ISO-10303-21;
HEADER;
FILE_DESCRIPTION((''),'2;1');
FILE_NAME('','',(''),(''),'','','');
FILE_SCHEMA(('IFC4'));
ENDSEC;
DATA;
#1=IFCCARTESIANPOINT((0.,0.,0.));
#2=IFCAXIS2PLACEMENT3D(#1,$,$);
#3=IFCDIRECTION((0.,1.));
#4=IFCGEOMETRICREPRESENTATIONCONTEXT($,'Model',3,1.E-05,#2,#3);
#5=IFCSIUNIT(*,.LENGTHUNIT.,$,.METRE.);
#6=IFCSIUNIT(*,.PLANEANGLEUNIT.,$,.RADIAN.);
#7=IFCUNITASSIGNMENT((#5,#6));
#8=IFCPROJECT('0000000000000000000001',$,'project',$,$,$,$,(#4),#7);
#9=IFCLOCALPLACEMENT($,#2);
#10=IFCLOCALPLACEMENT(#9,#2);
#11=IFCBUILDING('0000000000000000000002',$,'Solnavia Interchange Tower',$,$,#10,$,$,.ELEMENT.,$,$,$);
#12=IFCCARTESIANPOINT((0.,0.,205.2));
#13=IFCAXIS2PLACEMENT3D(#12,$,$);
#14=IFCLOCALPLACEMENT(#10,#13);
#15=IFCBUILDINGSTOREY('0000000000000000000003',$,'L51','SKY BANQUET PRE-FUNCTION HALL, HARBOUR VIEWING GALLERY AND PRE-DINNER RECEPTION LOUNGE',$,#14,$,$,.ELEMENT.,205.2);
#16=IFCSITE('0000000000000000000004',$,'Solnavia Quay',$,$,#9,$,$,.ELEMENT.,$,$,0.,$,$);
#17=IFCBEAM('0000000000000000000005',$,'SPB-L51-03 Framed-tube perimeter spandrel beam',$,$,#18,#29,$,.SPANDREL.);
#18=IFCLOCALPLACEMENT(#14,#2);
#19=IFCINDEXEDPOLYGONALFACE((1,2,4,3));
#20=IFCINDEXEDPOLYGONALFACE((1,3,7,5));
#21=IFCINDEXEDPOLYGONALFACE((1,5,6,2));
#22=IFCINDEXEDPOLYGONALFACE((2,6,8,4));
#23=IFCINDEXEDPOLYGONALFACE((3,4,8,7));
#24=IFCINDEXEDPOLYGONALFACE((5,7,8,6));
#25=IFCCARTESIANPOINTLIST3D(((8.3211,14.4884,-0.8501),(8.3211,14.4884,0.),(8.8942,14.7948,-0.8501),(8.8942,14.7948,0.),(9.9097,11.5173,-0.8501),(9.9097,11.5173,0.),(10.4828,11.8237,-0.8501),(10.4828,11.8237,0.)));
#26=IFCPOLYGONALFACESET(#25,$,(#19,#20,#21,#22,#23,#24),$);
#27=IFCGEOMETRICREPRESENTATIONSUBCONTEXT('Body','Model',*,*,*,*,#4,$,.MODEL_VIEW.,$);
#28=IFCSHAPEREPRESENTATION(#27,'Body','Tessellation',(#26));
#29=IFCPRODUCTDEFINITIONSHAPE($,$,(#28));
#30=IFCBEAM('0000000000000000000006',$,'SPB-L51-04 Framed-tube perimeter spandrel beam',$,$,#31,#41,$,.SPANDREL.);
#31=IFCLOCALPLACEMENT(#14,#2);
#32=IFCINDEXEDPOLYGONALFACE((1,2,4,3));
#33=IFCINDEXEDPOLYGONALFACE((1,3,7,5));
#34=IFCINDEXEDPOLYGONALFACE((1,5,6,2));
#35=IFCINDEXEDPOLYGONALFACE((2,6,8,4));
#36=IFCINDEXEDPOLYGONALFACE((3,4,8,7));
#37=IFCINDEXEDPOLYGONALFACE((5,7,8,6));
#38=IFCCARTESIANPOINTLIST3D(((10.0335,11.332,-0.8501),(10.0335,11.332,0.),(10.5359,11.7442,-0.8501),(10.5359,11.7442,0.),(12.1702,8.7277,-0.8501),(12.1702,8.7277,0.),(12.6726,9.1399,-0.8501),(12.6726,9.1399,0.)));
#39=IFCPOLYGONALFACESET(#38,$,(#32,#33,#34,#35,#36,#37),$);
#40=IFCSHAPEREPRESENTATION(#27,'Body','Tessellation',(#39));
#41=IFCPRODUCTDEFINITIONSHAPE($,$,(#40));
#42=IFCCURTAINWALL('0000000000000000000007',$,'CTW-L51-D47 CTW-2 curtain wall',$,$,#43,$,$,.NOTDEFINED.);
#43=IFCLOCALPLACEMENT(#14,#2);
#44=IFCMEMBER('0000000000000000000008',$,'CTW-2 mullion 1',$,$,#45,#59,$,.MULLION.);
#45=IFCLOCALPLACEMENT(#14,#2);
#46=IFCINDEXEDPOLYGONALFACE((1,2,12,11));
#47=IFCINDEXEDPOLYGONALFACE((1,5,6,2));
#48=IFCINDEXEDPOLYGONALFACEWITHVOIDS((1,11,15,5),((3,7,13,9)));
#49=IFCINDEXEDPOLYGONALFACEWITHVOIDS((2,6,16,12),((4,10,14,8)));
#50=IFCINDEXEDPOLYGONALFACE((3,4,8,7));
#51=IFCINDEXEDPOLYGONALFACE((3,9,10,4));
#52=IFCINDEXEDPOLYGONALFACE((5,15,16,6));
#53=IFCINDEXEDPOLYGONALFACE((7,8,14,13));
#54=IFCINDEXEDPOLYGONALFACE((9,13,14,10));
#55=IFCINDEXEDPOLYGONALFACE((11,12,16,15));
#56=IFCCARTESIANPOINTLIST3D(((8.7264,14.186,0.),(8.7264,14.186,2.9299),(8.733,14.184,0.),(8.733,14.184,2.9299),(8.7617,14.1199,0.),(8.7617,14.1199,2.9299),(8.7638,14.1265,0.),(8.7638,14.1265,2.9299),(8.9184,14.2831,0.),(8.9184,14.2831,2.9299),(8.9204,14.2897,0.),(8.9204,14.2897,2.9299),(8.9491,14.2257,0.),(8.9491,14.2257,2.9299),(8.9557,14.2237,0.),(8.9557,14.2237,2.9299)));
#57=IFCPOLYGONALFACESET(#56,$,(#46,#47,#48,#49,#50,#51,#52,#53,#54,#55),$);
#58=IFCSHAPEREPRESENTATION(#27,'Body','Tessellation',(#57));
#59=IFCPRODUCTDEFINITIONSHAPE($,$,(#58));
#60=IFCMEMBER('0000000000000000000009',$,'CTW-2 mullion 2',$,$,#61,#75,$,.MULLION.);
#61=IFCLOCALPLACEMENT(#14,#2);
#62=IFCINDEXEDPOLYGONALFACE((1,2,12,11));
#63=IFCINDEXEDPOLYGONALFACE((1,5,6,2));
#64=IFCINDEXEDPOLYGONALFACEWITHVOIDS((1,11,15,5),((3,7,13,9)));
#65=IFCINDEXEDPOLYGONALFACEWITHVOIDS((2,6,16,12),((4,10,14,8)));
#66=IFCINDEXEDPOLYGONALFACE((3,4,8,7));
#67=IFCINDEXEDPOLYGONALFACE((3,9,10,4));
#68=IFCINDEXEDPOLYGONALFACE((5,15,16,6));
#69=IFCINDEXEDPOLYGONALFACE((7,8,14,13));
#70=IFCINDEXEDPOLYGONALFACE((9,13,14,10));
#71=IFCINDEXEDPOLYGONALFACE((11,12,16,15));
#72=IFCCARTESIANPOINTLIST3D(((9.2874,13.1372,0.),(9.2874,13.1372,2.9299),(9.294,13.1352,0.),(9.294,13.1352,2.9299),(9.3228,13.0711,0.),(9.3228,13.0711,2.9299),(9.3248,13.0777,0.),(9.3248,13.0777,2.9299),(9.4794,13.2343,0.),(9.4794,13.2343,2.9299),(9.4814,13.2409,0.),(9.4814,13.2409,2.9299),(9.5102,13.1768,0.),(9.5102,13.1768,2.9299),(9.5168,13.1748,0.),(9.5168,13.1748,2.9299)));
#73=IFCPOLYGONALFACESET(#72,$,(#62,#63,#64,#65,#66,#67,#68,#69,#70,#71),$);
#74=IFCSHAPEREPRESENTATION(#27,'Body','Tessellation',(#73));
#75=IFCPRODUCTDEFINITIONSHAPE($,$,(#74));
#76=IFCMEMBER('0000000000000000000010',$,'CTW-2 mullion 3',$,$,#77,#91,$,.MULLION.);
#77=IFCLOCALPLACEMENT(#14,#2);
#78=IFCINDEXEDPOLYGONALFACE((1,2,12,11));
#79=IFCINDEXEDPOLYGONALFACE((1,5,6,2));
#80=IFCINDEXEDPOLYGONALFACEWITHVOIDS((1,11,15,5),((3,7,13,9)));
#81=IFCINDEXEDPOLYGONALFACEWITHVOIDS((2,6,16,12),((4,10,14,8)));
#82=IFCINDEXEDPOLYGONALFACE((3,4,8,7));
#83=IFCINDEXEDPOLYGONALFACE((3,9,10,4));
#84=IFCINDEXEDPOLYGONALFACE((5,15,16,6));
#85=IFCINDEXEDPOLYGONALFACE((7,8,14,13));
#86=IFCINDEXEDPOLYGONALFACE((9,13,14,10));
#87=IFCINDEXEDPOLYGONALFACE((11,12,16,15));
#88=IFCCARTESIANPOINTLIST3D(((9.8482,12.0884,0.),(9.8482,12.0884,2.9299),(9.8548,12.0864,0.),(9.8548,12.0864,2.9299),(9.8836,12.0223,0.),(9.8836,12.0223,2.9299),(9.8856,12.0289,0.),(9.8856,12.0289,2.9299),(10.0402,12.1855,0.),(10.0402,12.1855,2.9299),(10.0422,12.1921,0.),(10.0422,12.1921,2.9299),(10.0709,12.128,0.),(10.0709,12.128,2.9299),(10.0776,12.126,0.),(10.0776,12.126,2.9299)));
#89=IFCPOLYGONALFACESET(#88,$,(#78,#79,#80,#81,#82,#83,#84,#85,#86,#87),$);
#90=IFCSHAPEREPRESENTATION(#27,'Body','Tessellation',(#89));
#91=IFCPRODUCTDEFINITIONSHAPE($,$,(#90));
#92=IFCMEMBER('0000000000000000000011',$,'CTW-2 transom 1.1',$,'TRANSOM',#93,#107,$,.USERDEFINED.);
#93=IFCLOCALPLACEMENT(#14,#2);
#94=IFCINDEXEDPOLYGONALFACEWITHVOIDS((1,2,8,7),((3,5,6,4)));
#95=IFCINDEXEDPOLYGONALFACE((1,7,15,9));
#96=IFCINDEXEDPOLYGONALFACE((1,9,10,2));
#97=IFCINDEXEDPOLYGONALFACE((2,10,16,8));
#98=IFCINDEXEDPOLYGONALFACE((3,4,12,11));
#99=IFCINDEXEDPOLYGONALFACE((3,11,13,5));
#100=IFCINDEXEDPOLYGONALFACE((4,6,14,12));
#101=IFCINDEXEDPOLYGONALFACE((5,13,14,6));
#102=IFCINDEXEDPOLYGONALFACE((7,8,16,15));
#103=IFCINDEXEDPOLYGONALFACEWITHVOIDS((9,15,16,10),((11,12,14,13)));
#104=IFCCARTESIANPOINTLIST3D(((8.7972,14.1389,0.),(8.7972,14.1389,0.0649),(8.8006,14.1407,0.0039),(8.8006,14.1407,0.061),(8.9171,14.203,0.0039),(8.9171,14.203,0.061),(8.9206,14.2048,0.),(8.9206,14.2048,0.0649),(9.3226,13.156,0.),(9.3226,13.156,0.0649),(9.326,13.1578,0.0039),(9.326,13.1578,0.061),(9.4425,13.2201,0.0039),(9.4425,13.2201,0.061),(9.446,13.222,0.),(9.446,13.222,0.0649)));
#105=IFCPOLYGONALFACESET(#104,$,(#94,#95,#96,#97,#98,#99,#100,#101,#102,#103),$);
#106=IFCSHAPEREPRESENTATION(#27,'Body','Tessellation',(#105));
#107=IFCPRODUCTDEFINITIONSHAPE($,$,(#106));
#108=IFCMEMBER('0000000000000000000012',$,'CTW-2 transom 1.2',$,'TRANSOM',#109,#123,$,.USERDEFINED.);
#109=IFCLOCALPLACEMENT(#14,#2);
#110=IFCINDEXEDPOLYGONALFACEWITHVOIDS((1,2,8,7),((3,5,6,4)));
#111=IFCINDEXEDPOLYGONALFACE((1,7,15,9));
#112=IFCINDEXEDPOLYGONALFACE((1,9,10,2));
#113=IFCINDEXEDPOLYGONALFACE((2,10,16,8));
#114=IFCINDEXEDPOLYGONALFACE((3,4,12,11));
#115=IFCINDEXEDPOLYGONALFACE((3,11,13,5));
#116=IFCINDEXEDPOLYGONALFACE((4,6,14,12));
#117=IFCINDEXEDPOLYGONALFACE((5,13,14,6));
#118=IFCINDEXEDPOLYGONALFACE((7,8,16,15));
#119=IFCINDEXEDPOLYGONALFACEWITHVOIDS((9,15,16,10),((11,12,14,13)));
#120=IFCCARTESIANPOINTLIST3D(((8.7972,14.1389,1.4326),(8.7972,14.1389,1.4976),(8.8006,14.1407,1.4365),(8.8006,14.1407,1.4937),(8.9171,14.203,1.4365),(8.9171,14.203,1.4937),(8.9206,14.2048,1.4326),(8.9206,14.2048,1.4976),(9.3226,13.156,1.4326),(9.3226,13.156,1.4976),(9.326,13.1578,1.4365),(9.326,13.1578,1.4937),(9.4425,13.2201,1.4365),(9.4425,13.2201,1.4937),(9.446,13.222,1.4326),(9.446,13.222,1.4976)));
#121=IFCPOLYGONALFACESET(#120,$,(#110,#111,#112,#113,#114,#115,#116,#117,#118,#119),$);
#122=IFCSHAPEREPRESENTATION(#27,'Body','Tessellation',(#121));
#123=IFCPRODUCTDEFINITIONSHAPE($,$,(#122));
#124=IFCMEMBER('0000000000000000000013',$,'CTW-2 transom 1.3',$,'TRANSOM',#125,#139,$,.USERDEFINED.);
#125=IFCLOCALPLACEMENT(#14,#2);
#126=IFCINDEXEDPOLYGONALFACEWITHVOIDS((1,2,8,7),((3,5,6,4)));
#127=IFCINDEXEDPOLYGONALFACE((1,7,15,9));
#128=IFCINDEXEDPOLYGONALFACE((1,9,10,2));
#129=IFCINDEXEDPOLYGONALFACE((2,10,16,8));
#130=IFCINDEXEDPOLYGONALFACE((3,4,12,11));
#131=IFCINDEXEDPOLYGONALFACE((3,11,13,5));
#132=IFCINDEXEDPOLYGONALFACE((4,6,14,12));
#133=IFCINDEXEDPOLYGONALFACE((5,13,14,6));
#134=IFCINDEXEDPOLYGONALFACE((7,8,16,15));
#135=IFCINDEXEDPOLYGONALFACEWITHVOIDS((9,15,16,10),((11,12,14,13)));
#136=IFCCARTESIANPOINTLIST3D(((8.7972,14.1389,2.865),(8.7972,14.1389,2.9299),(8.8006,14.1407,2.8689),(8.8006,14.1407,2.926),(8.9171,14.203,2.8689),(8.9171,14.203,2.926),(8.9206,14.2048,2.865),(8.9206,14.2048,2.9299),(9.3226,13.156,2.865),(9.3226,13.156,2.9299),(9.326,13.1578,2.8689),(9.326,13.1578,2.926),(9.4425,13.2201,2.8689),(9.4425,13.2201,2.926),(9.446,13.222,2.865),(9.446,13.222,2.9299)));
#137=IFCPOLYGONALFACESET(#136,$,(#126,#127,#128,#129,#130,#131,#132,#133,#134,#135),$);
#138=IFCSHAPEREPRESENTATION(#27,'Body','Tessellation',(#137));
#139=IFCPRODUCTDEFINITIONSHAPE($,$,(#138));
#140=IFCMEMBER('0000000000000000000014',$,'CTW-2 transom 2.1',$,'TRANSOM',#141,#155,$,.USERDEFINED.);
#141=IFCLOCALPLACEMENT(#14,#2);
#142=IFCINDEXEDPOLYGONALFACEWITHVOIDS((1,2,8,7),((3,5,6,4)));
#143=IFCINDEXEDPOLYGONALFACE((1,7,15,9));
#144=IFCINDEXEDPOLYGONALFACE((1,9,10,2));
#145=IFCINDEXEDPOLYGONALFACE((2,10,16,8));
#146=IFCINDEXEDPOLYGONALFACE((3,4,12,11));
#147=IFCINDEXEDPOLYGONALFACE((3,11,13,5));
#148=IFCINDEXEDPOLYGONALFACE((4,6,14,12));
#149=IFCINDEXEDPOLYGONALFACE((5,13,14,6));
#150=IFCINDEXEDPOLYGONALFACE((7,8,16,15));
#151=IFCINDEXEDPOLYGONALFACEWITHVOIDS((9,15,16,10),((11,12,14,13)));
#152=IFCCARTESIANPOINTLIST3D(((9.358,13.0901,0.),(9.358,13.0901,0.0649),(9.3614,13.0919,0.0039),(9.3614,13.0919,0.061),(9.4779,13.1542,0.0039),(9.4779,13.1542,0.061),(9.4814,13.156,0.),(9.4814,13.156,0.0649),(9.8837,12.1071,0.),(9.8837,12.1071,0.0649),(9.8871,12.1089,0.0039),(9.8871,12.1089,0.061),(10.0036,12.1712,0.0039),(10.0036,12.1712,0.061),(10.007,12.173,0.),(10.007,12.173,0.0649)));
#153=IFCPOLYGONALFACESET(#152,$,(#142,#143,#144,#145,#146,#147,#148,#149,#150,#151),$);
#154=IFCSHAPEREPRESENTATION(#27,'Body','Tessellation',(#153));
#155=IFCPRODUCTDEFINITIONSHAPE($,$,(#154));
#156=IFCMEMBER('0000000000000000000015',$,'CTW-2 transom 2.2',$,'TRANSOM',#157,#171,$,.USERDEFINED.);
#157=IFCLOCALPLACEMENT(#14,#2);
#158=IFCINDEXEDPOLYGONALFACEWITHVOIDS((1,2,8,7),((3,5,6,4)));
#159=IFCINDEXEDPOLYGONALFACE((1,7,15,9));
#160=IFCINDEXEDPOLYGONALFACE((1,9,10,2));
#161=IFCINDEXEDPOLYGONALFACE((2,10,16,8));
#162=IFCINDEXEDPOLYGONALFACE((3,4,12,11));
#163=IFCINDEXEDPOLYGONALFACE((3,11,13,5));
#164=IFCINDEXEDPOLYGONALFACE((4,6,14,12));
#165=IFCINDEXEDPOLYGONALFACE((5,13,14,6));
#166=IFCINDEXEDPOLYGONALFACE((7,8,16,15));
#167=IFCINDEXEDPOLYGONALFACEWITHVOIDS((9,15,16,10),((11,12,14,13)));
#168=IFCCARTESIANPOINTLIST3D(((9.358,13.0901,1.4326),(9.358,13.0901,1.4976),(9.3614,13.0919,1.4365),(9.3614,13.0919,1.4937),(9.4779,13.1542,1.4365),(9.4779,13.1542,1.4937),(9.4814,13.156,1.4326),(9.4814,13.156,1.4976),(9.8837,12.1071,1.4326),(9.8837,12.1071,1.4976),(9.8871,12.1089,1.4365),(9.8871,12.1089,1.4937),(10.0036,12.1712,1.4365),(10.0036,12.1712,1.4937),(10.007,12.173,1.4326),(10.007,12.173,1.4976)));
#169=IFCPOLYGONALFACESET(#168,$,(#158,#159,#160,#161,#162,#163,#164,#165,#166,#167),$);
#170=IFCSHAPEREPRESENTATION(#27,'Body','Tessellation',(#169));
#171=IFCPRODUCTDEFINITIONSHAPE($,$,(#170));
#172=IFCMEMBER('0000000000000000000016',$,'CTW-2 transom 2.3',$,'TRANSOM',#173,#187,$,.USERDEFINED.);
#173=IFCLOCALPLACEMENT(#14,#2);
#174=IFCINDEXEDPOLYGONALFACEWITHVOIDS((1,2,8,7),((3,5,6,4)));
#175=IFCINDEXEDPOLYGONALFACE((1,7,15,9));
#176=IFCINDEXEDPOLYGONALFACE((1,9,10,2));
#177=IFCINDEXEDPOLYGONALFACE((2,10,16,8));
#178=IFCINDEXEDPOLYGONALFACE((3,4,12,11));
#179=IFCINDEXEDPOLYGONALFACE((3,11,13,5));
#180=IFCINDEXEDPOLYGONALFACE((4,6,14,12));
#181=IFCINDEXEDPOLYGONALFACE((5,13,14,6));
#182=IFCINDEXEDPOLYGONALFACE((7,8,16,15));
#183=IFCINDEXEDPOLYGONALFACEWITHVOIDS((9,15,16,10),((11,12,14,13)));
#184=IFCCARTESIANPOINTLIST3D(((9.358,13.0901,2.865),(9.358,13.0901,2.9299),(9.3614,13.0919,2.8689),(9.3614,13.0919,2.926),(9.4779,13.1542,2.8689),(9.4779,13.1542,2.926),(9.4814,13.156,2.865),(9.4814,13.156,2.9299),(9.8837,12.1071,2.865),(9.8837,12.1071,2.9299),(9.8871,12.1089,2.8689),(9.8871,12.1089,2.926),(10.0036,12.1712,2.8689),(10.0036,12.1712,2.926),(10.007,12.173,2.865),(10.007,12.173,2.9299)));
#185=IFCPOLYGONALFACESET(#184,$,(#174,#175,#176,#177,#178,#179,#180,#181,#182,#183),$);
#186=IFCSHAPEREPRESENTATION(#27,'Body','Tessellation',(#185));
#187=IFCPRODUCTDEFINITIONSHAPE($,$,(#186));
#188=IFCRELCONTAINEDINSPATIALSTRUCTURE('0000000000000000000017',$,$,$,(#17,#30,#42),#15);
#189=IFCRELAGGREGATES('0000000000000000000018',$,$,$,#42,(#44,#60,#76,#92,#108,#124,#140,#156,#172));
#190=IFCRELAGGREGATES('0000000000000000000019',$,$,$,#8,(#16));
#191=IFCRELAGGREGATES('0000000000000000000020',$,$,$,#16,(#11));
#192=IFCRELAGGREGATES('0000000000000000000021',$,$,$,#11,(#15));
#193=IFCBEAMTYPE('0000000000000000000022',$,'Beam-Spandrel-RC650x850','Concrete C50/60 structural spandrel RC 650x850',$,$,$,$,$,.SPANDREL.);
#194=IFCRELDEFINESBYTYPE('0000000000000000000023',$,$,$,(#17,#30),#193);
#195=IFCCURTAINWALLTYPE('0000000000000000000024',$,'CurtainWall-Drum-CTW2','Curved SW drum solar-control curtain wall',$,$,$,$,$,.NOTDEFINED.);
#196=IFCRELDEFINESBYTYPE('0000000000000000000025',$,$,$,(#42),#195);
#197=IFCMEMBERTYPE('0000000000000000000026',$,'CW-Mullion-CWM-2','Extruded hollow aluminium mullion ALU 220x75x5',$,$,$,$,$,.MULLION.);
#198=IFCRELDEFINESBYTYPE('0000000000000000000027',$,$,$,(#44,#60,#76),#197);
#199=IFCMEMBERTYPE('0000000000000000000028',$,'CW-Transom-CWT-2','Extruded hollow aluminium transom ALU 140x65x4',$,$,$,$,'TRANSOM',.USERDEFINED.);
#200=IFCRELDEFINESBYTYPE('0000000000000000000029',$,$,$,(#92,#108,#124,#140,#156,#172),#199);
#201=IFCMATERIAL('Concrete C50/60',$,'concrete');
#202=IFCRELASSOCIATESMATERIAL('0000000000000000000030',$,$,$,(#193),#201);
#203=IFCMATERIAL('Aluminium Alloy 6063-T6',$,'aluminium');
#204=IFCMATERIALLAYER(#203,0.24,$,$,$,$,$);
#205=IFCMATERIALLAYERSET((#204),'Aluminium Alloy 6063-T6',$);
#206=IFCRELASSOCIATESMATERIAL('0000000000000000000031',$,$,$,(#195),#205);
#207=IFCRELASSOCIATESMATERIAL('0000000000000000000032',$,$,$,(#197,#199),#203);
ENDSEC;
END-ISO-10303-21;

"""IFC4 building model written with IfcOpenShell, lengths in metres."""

from ifc_helpers import new_model, si_unit, direction, frame, origin, origin_2d, place, context, subcontext, project, spatial, rectangle, hollow_rectangle, extrude, material, layer, layer_set, material_profile, profile_set, type_object, element, aggregate, save


model = new_model("IFC4")

# Units and contexts
model_context = context("Model", 3, precision=1e-05, world=origin(), true_north=direction((0.0, 1.0)))
body_context = subcontext(model_context, "Body", "Model", "MODEL_VIEW")
ifc_project = project(units=[si_unit("LENGTHUNIT", "METRE"), si_unit("PLANEANGLEUNIT", "RADIAN")], contexts=[model_context])

# Site, building, storey
site_placement = place(None, origin())
site = spatial("IfcSite", under=ifc_project, at=site_placement, Name="Solnavia Quay", CompositionType="ELEMENT", RefElevation=0.0)
building_placement = place(site_placement, origin())
building = spatial("IfcBuilding", under=site, at=building_placement, Name="Solnavia Interchange Tower", CompositionType="ELEMENT")
storey_placement = place(building_placement, frame((0.0, 0.0, 205.2)))
storey = spatial("IfcBuildingStorey", under=building, at=storey_placement, Name="L51", Description="SKY BANQUET PRE-FUNCTION HALL, HARBOUR VIEWING GALLERY AND PRE-DINNER RECEPTION LOUNGE", CompositionType="ELEMENT", Elevation=205.2)

# Shared definitions
ifc_material_1 = material(Name="Concrete C50/60", Category="concrete")

# Beams
ifc_material_profile_1 = material_profile(ifc_material_1, rectangle(XDim=0.6499, YDim=0.8501, at=origin_2d()), Name="RC 650x850")
ifc_profile_set_1 = profile_set([ifc_material_profile_1], Name="Concrete C50/60")
beam_type_1 = type_object("IfcBeamType", Name="Beam-Spandrel-RC650x850", Description="Concrete C50/60 structural spandrel RC 650x850", PredefinedType="SPANDREL", material=ifc_profile_set_1)
beam_1_placement = place(storey_placement, frame((8.6077, 14.6416, -0.425), z_axis=(0.471509, -0.881861, 0.0), x_axis=(0.881861, 0.471509, 0.0)))
element("IfcBeam", 1, at=beam_1_placement, inside=storey, type_object=beam_type_1, Name="SPB-L51-03 Framed-tube perimeter spandrel beam", PredefinedType="SPANDREL", context=body_context, shape_type="SweptSolid", body=[
    extrude(rectangle(XDim=0.6499, YDim=0.8501, at=origin_2d()), origin(), (0.0, 0.0, 1.0), 3.3691),
])
beam_2_placement = place(storey_placement, frame((10.2847, 11.5381, -0.425), z_axis=(0.634299, -0.773088, 0.0), x_axis=(0.773088, 0.634299, 0.0)))
element("IfcBeam", 2, at=beam_2_placement, inside=storey, type_object=beam_type_1, Name="SPB-L51-04 Framed-tube perimeter spandrel beam", PredefinedType="SPANDREL", context=body_context, shape_type="SweptSolid", body=[
    extrude(rectangle(XDim=0.6499, YDim=0.8501, at=origin_2d()), origin(), (0.0, 0.0, 1.0), 3.3687),
])

# Curtain wall, members
ifc_material_2 = material(Name="Aluminium Alloy 6063-T6", Category="aluminium")
ifc_layer_1 = layer(ifc_material_2, 0.24)
ifc_layer_set_1 = layer_set([ifc_layer_1], Name="Aluminium Alloy 6063-T6")
curtain_wall_type = type_object("IfcCurtainWallType", Name="CurtainWall-Drum-CTW2", Description="Curved SW drum solar-control curtain wall", PredefinedType="NOTDEFINED", material=ifc_layer_set_1)
curtain_wall_placement = place(storey_placement, origin())
curtain_wall = element("IfcCurtainWall", 3, at=curtain_wall_placement, inside=storey, type_object=curtain_wall_type, Name="CTW-L51-D47 CTW-2 curtain wall", PredefinedType="NOTDEFINED")
ifc_material_profile_2 = material_profile(ifc_material_2, hollow_rectangle(XDim=0.075, YDim=0.22, WallThickness=0.0049, at=origin_2d()), Name="ALU 220x75x5")
ifc_profile_set_2 = profile_set([ifc_material_profile_2], Name="Aluminium Alloy 6063-T6")
member_type_1 = type_object("IfcMemberType", Name="CW-Mullion-CWM-2", Description="Extruded hollow aluminium mullion ALU 220x75x5", PredefinedType="MULLION", material=ifc_profile_set_2)
member_1_placement = place(storey_placement, frame((8.8411, 14.2048, 0.0), z_axis=(0.0, 0.0, 1.0), x_axis=(0.471561, -0.881834, 0.0)))
member_1 = element("IfcMember", 4, at=member_1_placement, type_object=member_type_1, Name="CTW-2 mullion 1", PredefinedType="MULLION", context=body_context, shape_type="SweptSolid", body=[
    extrude(hollow_rectangle(XDim=0.075, YDim=0.22, WallThickness=0.0049, at=origin_2d()), origin(), (0.0, 0.0, 1.0), 2.9299),
])
member_2_placement = place(storey_placement, frame((9.4021, 13.156, 0.0), z_axis=(0.0, 0.0, 1.0), x_axis=(0.471561, -0.881834, 0.0)))
member_2 = element("IfcMember", 5, at=member_2_placement, type_object=member_type_1, Name="CTW-2 mullion 2", PredefinedType="MULLION", context=body_context, shape_type="SweptSolid", body=[
    extrude(hollow_rectangle(XDim=0.075, YDim=0.22, WallThickness=0.0049, at=origin_2d()), origin(), (0.0, 0.0, 1.0), 2.9299),
])
member_3_placement = place(storey_placement, frame((9.9629, 12.1072, 0.0), z_axis=(0.0, 0.0, 1.0), x_axis=(0.471561, -0.881834, 0.0)))
member_3 = element("IfcMember", 6, at=member_3_placement, type_object=member_type_1, Name="CTW-2 mullion 3", PredefinedType="MULLION", context=body_context, shape_type="SweptSolid", body=[
    extrude(hollow_rectangle(XDim=0.075, YDim=0.22, WallThickness=0.0049, at=origin_2d()), origin(), (0.0, 0.0, 1.0), 2.9299),
])
ifc_material_profile_3 = material_profile(ifc_material_2, hollow_rectangle(XDim=0.0649, YDim=0.1399, WallThickness=0.0039, at=origin_2d()), Name="ALU 140x65x4")
ifc_profile_set_3 = profile_set([ifc_material_profile_3], Name="Aluminium Alloy 6063-T6")
member_type_2 = type_object("IfcMemberType", Name="CW-Transom-CWT-2", Description="Extruded hollow aluminium transom ALU 140x65x4", ElementType="TRANSOM", PredefinedType="USERDEFINED", material=ifc_profile_set_3)
member_4_placement = place(storey_placement, frame((8.8589, 14.1719, 0.0325), z_axis=(0.471407, -0.881916, 0.0), x_axis=(0.0, 0.0, 1.0)))
member_4 = element("IfcMember", 7, at=member_4_placement, type_object=member_type_2, Name="CTW-2 transom 1.1", ObjectType="TRANSOM", PredefinedType="USERDEFINED", context=body_context, shape_type="SweptSolid", body=[
    extrude(hollow_rectangle(XDim=0.0649, YDim=0.1399, WallThickness=0.0039, at=origin_2d()), origin(), (0.0, 0.0, 1.0), 1.1145),
])
member_5_placement = place(storey_placement, frame((8.8589, 14.1719, 1.4651), z_axis=(0.471407, -0.881916, 0.0), x_axis=(0.0, 0.0, 1.0)))
member_5 = element("IfcMember", 8, at=member_5_placement, type_object=member_type_2, Name="CTW-2 transom 1.2", ObjectType="TRANSOM", PredefinedType="USERDEFINED", context=body_context, shape_type="SweptSolid", body=[
    extrude(hollow_rectangle(XDim=0.0649, YDim=0.1399, WallThickness=0.0039, at=origin_2d()), origin(), (0.0, 0.0, 1.0), 1.1145),
])
member_6_placement = place(storey_placement, frame((8.8589, 14.1719, 2.8975), z_axis=(0.471407, -0.881916, 0.0), x_axis=(0.0, 0.0, 1.0)))
member_6 = element("IfcMember", 9, at=member_6_placement, type_object=member_type_2, Name="CTW-2 transom 1.3", ObjectType="TRANSOM", PredefinedType="USERDEFINED", context=body_context, shape_type="SweptSolid", body=[
    extrude(hollow_rectangle(XDim=0.0649, YDim=0.1399, WallThickness=0.0039, at=origin_2d()), origin(), (0.0, 0.0, 1.0), 1.1145),
])
member_7_placement = place(storey_placement, frame((9.4197, 13.123, 0.0325), z_axis=(0.471577, -0.881825, 0.0), x_axis=(0.0, 0.0, 1.0)))
member_7 = element("IfcMember", 10, at=member_7_placement, type_object=member_type_2, Name="CTW-2 transom 2.1", ObjectType="TRANSOM", PredefinedType="USERDEFINED", context=body_context, shape_type="SweptSolid", body=[
    extrude(hollow_rectangle(XDim=0.0649, YDim=0.1399, WallThickness=0.0039, at=origin_2d()), origin(), (0.0, 0.0, 1.0), 1.1147),
])
member_8_placement = place(storey_placement, frame((9.4197, 13.123, 1.4651), z_axis=(0.471577, -0.881825, 0.0), x_axis=(0.0, 0.0, 1.0)))
member_8 = element("IfcMember", 11, at=member_8_placement, type_object=member_type_2, Name="CTW-2 transom 2.2", ObjectType="TRANSOM", PredefinedType="USERDEFINED", context=body_context, shape_type="SweptSolid", body=[
    extrude(hollow_rectangle(XDim=0.0649, YDim=0.1399, WallThickness=0.0039, at=origin_2d()), origin(), (0.0, 0.0, 1.0), 1.1147),
])
member_9_placement = place(storey_placement, frame((9.4197, 13.123, 2.8975), z_axis=(0.471577, -0.881825, 0.0), x_axis=(0.0, 0.0, 1.0)))
member_9 = element("IfcMember", 12, at=member_9_placement, type_object=member_type_2, Name="CTW-2 transom 2.3", ObjectType="TRANSOM", PredefinedType="USERDEFINED", context=body_context, shape_type="SweptSolid", body=[
    extrude(hollow_rectangle(XDim=0.0649, YDim=0.1399, WallThickness=0.0039, at=origin_2d()), origin(), (0.0, 0.0, 1.0), 1.1147),
])
aggregate(curtain_wall, [member_1, member_2, member_3, member_4, member_5, member_6, member_7, member_8, member_9])

save(model, "model.ifc")
